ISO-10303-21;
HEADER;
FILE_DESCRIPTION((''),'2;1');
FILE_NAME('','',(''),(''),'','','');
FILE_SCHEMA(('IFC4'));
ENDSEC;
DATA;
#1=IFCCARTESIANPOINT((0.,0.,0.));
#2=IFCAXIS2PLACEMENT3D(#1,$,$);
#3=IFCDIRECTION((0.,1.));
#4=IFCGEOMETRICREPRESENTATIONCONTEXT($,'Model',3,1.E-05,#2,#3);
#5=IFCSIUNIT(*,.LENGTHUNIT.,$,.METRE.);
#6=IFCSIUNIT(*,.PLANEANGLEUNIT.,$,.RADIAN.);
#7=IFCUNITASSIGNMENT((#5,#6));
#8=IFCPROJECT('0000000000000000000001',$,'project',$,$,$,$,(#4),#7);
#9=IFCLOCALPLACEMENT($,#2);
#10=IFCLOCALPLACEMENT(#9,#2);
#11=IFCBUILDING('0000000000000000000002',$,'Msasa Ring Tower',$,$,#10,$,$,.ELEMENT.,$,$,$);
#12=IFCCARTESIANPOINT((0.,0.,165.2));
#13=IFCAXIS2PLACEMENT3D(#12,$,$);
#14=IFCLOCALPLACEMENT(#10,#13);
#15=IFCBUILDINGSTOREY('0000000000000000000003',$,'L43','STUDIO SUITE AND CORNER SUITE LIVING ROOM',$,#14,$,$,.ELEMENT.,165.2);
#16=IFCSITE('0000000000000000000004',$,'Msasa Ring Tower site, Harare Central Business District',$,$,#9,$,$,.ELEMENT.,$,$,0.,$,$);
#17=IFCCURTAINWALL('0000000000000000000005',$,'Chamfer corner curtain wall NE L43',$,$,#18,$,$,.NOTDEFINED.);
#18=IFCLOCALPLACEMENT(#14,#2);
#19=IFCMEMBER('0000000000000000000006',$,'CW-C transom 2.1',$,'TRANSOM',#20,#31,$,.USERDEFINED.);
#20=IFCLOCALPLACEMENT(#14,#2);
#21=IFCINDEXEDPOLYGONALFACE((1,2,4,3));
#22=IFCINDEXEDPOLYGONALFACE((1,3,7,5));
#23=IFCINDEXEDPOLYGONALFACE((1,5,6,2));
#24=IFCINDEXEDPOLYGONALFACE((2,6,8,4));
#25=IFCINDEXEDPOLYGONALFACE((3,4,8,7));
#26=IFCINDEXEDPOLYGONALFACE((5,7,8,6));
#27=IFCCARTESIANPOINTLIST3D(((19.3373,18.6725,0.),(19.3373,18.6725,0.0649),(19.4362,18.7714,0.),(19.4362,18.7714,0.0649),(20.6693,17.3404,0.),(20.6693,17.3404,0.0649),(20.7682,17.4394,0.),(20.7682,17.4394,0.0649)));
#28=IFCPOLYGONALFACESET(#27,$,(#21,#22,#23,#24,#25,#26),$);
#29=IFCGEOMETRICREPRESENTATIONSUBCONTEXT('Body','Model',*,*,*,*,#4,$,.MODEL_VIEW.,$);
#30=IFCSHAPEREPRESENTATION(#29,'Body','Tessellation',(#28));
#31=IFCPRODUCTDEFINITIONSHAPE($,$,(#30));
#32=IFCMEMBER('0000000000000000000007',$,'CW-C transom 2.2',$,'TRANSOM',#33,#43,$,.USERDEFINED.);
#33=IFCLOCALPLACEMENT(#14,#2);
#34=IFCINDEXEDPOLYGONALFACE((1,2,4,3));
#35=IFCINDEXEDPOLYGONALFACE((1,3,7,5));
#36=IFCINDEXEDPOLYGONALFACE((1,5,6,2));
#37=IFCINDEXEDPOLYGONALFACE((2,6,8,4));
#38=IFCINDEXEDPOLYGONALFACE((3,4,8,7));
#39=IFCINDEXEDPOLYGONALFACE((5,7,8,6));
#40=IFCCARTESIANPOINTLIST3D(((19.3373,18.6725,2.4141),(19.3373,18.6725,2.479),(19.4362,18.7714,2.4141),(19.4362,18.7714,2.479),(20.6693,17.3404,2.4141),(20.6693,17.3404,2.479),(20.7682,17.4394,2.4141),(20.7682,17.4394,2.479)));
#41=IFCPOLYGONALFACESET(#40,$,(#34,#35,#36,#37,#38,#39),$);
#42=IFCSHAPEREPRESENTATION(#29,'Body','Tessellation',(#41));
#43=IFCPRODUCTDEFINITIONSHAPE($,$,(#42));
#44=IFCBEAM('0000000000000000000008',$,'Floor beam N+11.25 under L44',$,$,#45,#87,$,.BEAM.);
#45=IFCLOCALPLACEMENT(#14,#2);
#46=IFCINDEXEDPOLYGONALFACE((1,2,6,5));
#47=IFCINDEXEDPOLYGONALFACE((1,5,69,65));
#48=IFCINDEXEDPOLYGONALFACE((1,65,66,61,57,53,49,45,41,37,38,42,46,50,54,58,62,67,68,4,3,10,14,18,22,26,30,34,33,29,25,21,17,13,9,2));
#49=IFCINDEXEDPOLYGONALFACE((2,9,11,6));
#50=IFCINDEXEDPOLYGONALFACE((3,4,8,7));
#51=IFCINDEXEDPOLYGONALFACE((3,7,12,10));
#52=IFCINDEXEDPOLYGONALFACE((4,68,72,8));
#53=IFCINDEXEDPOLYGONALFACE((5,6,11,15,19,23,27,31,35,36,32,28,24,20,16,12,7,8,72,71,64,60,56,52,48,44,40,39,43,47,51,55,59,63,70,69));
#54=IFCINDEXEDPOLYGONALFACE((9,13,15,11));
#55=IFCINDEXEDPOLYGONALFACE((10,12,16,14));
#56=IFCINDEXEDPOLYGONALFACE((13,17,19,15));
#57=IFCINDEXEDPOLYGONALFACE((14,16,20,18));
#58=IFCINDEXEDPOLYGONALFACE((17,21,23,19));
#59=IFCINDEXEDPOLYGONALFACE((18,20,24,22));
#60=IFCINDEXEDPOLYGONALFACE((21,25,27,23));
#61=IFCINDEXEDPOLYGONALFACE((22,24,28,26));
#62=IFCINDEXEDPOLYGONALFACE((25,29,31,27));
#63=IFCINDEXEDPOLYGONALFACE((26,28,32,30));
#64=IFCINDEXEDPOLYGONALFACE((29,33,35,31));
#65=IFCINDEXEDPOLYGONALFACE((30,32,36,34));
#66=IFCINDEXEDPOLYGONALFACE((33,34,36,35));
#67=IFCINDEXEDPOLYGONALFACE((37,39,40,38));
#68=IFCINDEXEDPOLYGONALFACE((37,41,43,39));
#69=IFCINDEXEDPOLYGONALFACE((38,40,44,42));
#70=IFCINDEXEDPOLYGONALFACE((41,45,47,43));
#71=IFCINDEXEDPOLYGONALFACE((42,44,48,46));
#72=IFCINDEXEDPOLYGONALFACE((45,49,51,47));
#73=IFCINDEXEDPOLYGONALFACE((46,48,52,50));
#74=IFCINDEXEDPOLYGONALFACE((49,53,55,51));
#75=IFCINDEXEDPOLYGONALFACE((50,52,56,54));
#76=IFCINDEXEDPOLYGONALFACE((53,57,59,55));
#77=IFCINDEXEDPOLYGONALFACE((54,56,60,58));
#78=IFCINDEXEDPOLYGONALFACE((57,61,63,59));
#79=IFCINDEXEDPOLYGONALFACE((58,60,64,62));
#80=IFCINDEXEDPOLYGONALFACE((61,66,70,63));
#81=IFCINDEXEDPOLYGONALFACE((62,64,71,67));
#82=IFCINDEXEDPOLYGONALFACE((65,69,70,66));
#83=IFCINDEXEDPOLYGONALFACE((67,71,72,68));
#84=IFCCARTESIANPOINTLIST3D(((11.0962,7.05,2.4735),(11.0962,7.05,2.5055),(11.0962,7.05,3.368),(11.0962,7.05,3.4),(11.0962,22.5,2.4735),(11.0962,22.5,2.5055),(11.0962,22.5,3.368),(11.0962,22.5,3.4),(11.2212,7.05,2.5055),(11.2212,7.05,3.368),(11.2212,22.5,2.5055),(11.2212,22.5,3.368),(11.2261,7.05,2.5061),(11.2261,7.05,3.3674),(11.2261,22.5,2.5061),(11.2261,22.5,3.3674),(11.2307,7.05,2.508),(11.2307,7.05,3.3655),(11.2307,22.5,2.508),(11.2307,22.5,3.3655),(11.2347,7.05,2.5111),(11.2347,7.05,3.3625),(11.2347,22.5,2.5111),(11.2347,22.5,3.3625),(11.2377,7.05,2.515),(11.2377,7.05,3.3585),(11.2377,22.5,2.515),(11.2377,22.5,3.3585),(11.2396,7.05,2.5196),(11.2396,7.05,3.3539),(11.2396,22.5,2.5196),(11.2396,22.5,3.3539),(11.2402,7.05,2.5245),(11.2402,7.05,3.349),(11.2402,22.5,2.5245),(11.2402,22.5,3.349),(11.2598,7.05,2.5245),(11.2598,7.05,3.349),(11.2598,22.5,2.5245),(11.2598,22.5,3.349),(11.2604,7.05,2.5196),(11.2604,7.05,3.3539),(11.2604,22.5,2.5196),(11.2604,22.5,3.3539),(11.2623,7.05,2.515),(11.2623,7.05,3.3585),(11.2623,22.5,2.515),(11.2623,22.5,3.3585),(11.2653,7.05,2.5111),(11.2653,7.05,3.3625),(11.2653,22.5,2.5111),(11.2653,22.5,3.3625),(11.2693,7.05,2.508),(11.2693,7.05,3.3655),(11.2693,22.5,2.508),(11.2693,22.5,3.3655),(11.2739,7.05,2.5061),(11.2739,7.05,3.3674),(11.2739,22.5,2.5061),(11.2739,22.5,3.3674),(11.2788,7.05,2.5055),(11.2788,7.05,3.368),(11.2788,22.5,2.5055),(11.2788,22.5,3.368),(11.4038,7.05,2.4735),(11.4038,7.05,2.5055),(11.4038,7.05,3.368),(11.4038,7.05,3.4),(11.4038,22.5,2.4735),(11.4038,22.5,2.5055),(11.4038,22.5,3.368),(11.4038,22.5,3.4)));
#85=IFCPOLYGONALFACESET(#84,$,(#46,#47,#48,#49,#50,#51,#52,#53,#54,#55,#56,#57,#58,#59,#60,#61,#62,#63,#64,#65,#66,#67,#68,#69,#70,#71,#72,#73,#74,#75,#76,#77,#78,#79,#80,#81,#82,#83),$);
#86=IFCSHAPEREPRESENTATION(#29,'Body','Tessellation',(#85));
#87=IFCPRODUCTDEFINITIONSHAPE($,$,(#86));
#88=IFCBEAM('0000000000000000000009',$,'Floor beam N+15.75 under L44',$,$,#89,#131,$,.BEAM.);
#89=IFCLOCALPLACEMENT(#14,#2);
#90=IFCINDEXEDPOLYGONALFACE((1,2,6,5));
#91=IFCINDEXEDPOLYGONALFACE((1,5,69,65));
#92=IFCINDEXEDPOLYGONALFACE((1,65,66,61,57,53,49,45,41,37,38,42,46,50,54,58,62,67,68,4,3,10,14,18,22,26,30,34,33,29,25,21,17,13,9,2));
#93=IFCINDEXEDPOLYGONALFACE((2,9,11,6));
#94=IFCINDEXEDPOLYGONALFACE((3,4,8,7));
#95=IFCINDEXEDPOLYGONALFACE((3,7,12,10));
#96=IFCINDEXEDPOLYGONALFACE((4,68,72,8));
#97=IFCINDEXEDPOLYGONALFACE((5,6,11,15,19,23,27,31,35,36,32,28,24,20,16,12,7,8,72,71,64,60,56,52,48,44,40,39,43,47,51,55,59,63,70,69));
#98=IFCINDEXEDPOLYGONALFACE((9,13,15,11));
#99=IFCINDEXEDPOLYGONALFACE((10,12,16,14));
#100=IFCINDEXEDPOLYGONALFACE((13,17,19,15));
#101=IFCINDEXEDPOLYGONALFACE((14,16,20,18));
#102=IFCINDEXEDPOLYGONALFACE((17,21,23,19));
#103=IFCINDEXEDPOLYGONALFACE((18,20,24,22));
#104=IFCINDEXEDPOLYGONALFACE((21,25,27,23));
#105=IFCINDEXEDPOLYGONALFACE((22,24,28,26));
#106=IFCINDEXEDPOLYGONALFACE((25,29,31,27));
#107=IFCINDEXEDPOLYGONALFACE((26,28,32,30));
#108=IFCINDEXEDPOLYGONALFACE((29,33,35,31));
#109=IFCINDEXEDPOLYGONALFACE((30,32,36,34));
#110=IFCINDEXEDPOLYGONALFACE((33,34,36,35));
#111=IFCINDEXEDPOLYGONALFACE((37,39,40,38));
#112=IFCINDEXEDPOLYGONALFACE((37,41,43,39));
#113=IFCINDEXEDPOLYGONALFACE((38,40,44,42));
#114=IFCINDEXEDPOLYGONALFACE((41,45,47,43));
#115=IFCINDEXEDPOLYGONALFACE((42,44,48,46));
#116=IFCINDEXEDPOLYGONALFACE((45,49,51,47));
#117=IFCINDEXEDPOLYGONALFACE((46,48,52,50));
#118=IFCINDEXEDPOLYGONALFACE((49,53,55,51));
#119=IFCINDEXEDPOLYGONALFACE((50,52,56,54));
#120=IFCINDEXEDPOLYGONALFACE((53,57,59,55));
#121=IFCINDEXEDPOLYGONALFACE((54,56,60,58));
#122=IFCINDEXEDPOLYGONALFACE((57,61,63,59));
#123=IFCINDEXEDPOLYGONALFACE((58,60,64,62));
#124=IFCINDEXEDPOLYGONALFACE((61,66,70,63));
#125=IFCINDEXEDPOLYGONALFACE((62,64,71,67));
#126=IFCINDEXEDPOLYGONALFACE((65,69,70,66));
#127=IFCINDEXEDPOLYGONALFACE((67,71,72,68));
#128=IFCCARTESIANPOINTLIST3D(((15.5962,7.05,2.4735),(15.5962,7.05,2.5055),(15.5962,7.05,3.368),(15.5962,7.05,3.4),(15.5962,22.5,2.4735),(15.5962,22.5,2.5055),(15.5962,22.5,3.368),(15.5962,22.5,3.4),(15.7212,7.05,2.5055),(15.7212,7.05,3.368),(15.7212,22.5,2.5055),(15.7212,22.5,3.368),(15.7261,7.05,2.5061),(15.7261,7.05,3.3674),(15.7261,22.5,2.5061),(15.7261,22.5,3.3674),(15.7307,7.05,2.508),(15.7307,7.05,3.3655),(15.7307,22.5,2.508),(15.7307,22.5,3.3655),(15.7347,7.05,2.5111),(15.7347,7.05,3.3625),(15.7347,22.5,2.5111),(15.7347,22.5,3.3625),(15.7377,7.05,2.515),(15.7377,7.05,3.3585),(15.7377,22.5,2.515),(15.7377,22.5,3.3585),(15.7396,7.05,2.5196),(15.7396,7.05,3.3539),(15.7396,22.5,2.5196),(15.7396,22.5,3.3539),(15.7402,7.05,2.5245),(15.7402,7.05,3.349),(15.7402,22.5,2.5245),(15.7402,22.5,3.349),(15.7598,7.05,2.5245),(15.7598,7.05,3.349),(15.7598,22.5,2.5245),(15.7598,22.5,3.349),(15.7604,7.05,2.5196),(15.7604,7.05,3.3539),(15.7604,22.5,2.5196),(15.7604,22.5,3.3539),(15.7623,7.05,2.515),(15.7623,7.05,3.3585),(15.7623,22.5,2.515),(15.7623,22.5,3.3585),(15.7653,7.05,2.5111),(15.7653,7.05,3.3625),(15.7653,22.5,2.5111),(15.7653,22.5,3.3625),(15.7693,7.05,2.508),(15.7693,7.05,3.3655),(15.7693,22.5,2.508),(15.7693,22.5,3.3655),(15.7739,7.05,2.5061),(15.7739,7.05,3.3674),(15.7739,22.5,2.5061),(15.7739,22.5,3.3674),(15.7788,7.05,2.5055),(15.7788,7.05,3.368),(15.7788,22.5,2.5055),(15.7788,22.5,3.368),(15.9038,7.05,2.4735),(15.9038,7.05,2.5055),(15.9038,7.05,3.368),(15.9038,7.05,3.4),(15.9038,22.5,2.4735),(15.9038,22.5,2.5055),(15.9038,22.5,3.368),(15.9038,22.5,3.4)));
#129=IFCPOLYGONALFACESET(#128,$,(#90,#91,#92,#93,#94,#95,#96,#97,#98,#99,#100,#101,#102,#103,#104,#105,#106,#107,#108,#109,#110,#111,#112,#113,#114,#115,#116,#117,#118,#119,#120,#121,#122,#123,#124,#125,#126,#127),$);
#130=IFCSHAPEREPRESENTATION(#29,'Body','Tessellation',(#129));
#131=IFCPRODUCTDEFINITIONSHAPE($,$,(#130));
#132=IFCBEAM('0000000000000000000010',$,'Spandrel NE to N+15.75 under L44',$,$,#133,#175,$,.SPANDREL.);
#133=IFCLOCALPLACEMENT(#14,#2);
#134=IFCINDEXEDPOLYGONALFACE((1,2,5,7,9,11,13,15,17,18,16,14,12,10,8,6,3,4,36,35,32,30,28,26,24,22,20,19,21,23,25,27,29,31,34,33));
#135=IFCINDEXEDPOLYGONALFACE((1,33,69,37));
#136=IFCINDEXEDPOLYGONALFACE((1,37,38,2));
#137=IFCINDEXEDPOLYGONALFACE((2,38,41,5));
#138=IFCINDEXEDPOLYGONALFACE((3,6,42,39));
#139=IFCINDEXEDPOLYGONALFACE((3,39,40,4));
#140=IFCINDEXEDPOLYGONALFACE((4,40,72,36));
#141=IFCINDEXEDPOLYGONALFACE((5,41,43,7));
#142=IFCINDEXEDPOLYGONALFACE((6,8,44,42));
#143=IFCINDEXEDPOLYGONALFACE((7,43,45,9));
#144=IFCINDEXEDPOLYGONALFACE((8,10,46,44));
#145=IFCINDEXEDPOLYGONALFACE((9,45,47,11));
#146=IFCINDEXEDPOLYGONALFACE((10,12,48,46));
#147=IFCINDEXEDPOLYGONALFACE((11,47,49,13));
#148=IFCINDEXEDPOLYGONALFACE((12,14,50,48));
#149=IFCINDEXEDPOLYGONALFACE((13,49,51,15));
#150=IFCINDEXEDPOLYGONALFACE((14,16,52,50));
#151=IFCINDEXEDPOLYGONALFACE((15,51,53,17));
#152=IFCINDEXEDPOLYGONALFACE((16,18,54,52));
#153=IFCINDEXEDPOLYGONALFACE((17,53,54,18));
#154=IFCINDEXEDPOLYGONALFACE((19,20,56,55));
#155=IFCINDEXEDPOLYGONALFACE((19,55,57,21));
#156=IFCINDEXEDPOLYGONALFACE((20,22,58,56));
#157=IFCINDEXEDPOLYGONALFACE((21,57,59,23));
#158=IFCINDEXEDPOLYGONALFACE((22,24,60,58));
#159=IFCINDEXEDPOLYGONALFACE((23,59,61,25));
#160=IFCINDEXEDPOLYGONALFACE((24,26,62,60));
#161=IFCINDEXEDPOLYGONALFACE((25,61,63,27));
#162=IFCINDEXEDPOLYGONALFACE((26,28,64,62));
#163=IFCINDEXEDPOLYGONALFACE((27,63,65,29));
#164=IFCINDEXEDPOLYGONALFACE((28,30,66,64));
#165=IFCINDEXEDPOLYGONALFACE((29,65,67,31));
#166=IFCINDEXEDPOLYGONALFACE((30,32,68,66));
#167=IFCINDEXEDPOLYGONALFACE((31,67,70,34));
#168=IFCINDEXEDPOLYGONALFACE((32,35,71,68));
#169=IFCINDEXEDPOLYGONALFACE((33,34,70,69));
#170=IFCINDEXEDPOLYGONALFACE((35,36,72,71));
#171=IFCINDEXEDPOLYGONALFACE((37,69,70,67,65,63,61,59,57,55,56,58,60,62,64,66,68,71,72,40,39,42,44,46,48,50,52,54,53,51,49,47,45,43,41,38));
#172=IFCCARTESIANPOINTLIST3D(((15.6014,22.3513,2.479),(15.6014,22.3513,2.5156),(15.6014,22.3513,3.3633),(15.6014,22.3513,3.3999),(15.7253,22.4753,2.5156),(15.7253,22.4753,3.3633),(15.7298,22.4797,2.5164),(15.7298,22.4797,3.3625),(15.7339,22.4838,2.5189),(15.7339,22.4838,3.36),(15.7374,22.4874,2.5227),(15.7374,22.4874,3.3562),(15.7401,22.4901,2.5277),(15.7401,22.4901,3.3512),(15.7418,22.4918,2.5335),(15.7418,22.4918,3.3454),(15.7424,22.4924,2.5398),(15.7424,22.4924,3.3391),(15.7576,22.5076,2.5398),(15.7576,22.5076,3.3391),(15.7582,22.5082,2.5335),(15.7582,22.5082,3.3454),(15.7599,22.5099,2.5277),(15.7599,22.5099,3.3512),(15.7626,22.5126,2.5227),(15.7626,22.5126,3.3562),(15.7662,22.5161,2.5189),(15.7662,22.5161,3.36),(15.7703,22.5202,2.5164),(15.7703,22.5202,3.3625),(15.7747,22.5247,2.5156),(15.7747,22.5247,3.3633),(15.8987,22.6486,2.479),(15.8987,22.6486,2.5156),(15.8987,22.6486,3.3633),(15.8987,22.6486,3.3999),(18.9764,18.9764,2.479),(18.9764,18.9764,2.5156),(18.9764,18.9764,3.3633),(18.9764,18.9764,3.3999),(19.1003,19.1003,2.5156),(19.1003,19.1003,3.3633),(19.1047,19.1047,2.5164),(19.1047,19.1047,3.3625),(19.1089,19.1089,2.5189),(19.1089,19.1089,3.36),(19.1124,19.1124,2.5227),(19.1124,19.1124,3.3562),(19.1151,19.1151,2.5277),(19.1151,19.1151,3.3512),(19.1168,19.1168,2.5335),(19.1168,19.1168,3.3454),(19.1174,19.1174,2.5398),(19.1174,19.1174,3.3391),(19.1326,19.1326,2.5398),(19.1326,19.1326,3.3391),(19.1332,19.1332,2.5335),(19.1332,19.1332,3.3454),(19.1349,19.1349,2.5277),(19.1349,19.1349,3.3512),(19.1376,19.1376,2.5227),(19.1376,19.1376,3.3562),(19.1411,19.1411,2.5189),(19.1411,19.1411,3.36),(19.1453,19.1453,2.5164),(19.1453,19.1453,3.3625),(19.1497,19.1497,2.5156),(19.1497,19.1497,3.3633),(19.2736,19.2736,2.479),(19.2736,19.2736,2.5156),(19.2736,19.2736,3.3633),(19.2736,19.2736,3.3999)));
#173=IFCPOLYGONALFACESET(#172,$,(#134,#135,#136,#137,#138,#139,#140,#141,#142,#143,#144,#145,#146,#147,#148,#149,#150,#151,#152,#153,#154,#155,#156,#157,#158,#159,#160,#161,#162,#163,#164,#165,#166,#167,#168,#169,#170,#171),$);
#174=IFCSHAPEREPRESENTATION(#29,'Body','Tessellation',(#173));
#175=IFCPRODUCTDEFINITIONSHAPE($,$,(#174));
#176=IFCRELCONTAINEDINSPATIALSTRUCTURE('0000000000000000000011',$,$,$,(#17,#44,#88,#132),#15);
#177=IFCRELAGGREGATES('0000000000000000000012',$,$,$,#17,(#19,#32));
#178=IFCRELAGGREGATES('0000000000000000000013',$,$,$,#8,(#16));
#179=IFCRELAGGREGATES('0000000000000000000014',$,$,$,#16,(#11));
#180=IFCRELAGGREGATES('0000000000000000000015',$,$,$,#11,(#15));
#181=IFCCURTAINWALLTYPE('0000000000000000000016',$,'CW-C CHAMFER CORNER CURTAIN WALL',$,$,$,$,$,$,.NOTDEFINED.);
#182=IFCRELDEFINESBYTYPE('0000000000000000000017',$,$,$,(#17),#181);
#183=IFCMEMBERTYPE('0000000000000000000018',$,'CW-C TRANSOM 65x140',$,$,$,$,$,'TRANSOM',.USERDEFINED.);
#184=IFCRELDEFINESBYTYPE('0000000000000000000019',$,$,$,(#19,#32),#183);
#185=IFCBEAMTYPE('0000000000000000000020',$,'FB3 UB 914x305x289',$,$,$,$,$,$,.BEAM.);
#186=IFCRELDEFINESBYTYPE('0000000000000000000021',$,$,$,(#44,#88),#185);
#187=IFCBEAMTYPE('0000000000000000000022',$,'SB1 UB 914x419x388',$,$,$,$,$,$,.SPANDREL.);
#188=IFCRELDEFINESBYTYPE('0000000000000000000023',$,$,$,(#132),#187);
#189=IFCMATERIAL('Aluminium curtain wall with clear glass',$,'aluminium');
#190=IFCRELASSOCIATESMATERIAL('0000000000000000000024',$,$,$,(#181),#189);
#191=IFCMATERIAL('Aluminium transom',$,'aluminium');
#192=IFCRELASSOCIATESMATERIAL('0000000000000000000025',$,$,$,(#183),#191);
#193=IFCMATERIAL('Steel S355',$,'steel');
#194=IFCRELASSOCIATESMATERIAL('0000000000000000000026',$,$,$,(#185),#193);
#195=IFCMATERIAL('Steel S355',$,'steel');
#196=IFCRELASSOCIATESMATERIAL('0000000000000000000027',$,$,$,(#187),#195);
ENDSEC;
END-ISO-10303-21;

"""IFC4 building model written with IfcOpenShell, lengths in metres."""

from ifc_helpers import new_model, si_unit, direction, frame, origin, origin_2d, place, context, subcontext, project, spatial, rectangle, i_section, extrude, material, material_profile, profile_set, type_object, element, aggregate, save


model = new_model("IFC4")

# Units and contexts
model_context = context("Model", 3, precision=1e-05, world=origin(), true_north=direction((0.0, 1.0)))
body_context = subcontext(model_context, "Body", "Model", "MODEL_VIEW")
ifc_project = project(units=[si_unit("LENGTHUNIT", "METRE"), si_unit("PLANEANGLEUNIT", "RADIAN")], contexts=[model_context])

# Site, building, storey
site_placement = place(None, origin())
site = spatial("IfcSite", under=ifc_project, at=site_placement, Name="Msasa Ring Tower site, Harare Central Business District", CompositionType="ELEMENT", RefElevation=0.0)
building_placement = place(site_placement, origin())
building = spatial("IfcBuilding", under=site, at=building_placement, Name="Msasa Ring Tower", CompositionType="ELEMENT")
storey_placement = place(building_placement, frame((0.0, 0.0, 165.2)))
storey = spatial("IfcBuildingStorey", under=building, at=storey_placement, Name="L43", Description="STUDIO SUITE AND CORNER SUITE LIVING ROOM", CompositionType="ELEMENT", Elevation=165.2)

# Curtain wall
ifc_material_1 = material(Name="Aluminium curtain wall with clear glass", Category="aluminium")
curtain_wall_type = type_object("IfcCurtainWallType", Name="CW-C CHAMFER CORNER CURTAIN WALL", PredefinedType="NOTDEFINED", material=ifc_material_1)
curtain_wall_1_placement = place(storey_placement, origin())
curtain_wall_1 = element("IfcCurtainWall", 1, at=curtain_wall_1_placement, inside=storey, type_object=curtain_wall_type, Name="Chamfer corner curtain wall NE L43", PredefinedType="NOTDEFINED")

# Members
ifc_material_2 = material(Name="Aluminium transom", Category="aluminium")
ifc_material_profile_1 = material_profile(ifc_material_2, rectangle(XDim=0.1399, YDim=0.0649, at=origin_2d()), Name="AL 65x140")
ifc_profile_set_1 = profile_set([ifc_material_profile_1], Name="Aluminium transom")
member_type_1 = type_object("IfcMemberType", Name="CW-C TRANSOM 65x140", ElementType="TRANSOM", PredefinedType="USERDEFINED", material=ifc_profile_set_1)
member_1_placement = place(storey_placement, frame((20.7188, 17.3899, 0.0325), z_axis=(-0.707107, 0.707107, 0.0), x_axis=(-0.707107, -0.707107, 0.0)))
member_1 = element("IfcMember", 2, at=member_1_placement, type_object=member_type_1, Name="CW-C transom 2.1", ObjectType="TRANSOM", PredefinedType="USERDEFINED", context=body_context, shape_type="SweptSolid", body=[
    extrude(rectangle(XDim=0.1399, YDim=0.0649, at=origin_2d()), origin(), (0.0, 0.0, 1.0), 1.8838),
])
member_2_placement = place(storey_placement, frame((20.7188, 17.3899, 2.4465), z_axis=(-0.707107, 0.707107, 0.0), x_axis=(-0.707107, -0.707107, 0.0)))
member_2 = element("IfcMember", 3, at=member_2_placement, type_object=member_type_1, Name="CW-C transom 2.2", ObjectType="TRANSOM", PredefinedType="USERDEFINED", context=body_context, shape_type="SweptSolid", body=[
    extrude(rectangle(XDim=0.1399, YDim=0.0649, at=origin_2d()), origin(), (0.0, 0.0, 1.0), 1.8838),
])

# Beams
ifc_material_3 = material(Name="Steel S355", Category="steel")
ifc_material_profile_2 = material_profile(ifc_material_3, i_section(OverallWidth=0.3076, OverallDepth=0.9265, WebThickness=0.0195, FlangeThickness=0.032, FilletRadius=0.019, at=origin_2d()), Name="UB 914x305x289")
ifc_profile_set_2 = profile_set([ifc_material_profile_2], Name="Steel S355")
beam_type_1 = type_object("IfcBeamType", Name="FB3 UB 914x305x289", PredefinedType="BEAM", material=ifc_profile_set_2)
for number, where, z_axis, x_axis, name in (
    (4, (11.25, 22.5, 2.9368), (0.0, -1.0, 0.0), (1.0, 0.0, 0.0), "Floor beam N+11.25 under L44"),
    (5, (15.75, 22.5, 2.9368), (0.0, -1.0, 0.0), (1.0, 0.0, 0.0), "Floor beam N+15.75 under L44"),
):
    element("IfcBeam", number, at=place(storey_placement, frame(where, z_axis=z_axis, x_axis=x_axis)), inside=storey, type_object=beam_type_1, Name=name, PredefinedType="BEAM", context=body_context, shape_type="SweptSolid", body=[
        extrude(i_section(OverallWidth=0.3076, OverallDepth=0.9265, WebThickness=0.0195, FlangeThickness=0.032, FilletRadius=0.019, at=origin_2d()), origin(), (0.0, 0.0, 1.0), 15.45),
    ])
ifc_material_4 = material(Name="Steel S355", Category="steel")
ifc_material_profile_3 = material_profile(ifc_material_4, i_section(OverallWidth=0.4204, OverallDepth=0.9209, WebThickness=0.0215, FlangeThickness=0.0366, FilletRadius=0.0242, at=origin_2d()), Name="UB 914x419x388")
ifc_profile_set_3 = profile_set([ifc_material_profile_3], Name="Steel S355")
beam_type_2 = type_object("IfcBeamType", Name="SB1 UB 914x419x388", PredefinedType="SPANDREL", material=ifc_profile_set_3)
beam_1_placement = place(storey_placement, frame((19.125, 19.125, 2.9395), z_axis=(-0.707107, 0.707107, 0.0), x_axis=(-0.707107, -0.707107, 0.0)))
element("IfcBeam", 6, at=beam_1_placement, inside=storey, type_object=beam_type_2, Name="Spandrel NE to N+15.75 under L44", PredefinedType="SPANDREL", context=body_context, shape_type="SweptSolid", body=[
    extrude(i_section(OverallWidth=0.4204, OverallDepth=0.9209, WebThickness=0.0215, FlangeThickness=0.0366, FilletRadius=0.0242, at=origin_2d()), origin(), (0.0, 0.0, 1.0), 4.7729),
])

aggregate(curtain_wall_1, [member_1, member_2])

save(model, "model.ifc")
